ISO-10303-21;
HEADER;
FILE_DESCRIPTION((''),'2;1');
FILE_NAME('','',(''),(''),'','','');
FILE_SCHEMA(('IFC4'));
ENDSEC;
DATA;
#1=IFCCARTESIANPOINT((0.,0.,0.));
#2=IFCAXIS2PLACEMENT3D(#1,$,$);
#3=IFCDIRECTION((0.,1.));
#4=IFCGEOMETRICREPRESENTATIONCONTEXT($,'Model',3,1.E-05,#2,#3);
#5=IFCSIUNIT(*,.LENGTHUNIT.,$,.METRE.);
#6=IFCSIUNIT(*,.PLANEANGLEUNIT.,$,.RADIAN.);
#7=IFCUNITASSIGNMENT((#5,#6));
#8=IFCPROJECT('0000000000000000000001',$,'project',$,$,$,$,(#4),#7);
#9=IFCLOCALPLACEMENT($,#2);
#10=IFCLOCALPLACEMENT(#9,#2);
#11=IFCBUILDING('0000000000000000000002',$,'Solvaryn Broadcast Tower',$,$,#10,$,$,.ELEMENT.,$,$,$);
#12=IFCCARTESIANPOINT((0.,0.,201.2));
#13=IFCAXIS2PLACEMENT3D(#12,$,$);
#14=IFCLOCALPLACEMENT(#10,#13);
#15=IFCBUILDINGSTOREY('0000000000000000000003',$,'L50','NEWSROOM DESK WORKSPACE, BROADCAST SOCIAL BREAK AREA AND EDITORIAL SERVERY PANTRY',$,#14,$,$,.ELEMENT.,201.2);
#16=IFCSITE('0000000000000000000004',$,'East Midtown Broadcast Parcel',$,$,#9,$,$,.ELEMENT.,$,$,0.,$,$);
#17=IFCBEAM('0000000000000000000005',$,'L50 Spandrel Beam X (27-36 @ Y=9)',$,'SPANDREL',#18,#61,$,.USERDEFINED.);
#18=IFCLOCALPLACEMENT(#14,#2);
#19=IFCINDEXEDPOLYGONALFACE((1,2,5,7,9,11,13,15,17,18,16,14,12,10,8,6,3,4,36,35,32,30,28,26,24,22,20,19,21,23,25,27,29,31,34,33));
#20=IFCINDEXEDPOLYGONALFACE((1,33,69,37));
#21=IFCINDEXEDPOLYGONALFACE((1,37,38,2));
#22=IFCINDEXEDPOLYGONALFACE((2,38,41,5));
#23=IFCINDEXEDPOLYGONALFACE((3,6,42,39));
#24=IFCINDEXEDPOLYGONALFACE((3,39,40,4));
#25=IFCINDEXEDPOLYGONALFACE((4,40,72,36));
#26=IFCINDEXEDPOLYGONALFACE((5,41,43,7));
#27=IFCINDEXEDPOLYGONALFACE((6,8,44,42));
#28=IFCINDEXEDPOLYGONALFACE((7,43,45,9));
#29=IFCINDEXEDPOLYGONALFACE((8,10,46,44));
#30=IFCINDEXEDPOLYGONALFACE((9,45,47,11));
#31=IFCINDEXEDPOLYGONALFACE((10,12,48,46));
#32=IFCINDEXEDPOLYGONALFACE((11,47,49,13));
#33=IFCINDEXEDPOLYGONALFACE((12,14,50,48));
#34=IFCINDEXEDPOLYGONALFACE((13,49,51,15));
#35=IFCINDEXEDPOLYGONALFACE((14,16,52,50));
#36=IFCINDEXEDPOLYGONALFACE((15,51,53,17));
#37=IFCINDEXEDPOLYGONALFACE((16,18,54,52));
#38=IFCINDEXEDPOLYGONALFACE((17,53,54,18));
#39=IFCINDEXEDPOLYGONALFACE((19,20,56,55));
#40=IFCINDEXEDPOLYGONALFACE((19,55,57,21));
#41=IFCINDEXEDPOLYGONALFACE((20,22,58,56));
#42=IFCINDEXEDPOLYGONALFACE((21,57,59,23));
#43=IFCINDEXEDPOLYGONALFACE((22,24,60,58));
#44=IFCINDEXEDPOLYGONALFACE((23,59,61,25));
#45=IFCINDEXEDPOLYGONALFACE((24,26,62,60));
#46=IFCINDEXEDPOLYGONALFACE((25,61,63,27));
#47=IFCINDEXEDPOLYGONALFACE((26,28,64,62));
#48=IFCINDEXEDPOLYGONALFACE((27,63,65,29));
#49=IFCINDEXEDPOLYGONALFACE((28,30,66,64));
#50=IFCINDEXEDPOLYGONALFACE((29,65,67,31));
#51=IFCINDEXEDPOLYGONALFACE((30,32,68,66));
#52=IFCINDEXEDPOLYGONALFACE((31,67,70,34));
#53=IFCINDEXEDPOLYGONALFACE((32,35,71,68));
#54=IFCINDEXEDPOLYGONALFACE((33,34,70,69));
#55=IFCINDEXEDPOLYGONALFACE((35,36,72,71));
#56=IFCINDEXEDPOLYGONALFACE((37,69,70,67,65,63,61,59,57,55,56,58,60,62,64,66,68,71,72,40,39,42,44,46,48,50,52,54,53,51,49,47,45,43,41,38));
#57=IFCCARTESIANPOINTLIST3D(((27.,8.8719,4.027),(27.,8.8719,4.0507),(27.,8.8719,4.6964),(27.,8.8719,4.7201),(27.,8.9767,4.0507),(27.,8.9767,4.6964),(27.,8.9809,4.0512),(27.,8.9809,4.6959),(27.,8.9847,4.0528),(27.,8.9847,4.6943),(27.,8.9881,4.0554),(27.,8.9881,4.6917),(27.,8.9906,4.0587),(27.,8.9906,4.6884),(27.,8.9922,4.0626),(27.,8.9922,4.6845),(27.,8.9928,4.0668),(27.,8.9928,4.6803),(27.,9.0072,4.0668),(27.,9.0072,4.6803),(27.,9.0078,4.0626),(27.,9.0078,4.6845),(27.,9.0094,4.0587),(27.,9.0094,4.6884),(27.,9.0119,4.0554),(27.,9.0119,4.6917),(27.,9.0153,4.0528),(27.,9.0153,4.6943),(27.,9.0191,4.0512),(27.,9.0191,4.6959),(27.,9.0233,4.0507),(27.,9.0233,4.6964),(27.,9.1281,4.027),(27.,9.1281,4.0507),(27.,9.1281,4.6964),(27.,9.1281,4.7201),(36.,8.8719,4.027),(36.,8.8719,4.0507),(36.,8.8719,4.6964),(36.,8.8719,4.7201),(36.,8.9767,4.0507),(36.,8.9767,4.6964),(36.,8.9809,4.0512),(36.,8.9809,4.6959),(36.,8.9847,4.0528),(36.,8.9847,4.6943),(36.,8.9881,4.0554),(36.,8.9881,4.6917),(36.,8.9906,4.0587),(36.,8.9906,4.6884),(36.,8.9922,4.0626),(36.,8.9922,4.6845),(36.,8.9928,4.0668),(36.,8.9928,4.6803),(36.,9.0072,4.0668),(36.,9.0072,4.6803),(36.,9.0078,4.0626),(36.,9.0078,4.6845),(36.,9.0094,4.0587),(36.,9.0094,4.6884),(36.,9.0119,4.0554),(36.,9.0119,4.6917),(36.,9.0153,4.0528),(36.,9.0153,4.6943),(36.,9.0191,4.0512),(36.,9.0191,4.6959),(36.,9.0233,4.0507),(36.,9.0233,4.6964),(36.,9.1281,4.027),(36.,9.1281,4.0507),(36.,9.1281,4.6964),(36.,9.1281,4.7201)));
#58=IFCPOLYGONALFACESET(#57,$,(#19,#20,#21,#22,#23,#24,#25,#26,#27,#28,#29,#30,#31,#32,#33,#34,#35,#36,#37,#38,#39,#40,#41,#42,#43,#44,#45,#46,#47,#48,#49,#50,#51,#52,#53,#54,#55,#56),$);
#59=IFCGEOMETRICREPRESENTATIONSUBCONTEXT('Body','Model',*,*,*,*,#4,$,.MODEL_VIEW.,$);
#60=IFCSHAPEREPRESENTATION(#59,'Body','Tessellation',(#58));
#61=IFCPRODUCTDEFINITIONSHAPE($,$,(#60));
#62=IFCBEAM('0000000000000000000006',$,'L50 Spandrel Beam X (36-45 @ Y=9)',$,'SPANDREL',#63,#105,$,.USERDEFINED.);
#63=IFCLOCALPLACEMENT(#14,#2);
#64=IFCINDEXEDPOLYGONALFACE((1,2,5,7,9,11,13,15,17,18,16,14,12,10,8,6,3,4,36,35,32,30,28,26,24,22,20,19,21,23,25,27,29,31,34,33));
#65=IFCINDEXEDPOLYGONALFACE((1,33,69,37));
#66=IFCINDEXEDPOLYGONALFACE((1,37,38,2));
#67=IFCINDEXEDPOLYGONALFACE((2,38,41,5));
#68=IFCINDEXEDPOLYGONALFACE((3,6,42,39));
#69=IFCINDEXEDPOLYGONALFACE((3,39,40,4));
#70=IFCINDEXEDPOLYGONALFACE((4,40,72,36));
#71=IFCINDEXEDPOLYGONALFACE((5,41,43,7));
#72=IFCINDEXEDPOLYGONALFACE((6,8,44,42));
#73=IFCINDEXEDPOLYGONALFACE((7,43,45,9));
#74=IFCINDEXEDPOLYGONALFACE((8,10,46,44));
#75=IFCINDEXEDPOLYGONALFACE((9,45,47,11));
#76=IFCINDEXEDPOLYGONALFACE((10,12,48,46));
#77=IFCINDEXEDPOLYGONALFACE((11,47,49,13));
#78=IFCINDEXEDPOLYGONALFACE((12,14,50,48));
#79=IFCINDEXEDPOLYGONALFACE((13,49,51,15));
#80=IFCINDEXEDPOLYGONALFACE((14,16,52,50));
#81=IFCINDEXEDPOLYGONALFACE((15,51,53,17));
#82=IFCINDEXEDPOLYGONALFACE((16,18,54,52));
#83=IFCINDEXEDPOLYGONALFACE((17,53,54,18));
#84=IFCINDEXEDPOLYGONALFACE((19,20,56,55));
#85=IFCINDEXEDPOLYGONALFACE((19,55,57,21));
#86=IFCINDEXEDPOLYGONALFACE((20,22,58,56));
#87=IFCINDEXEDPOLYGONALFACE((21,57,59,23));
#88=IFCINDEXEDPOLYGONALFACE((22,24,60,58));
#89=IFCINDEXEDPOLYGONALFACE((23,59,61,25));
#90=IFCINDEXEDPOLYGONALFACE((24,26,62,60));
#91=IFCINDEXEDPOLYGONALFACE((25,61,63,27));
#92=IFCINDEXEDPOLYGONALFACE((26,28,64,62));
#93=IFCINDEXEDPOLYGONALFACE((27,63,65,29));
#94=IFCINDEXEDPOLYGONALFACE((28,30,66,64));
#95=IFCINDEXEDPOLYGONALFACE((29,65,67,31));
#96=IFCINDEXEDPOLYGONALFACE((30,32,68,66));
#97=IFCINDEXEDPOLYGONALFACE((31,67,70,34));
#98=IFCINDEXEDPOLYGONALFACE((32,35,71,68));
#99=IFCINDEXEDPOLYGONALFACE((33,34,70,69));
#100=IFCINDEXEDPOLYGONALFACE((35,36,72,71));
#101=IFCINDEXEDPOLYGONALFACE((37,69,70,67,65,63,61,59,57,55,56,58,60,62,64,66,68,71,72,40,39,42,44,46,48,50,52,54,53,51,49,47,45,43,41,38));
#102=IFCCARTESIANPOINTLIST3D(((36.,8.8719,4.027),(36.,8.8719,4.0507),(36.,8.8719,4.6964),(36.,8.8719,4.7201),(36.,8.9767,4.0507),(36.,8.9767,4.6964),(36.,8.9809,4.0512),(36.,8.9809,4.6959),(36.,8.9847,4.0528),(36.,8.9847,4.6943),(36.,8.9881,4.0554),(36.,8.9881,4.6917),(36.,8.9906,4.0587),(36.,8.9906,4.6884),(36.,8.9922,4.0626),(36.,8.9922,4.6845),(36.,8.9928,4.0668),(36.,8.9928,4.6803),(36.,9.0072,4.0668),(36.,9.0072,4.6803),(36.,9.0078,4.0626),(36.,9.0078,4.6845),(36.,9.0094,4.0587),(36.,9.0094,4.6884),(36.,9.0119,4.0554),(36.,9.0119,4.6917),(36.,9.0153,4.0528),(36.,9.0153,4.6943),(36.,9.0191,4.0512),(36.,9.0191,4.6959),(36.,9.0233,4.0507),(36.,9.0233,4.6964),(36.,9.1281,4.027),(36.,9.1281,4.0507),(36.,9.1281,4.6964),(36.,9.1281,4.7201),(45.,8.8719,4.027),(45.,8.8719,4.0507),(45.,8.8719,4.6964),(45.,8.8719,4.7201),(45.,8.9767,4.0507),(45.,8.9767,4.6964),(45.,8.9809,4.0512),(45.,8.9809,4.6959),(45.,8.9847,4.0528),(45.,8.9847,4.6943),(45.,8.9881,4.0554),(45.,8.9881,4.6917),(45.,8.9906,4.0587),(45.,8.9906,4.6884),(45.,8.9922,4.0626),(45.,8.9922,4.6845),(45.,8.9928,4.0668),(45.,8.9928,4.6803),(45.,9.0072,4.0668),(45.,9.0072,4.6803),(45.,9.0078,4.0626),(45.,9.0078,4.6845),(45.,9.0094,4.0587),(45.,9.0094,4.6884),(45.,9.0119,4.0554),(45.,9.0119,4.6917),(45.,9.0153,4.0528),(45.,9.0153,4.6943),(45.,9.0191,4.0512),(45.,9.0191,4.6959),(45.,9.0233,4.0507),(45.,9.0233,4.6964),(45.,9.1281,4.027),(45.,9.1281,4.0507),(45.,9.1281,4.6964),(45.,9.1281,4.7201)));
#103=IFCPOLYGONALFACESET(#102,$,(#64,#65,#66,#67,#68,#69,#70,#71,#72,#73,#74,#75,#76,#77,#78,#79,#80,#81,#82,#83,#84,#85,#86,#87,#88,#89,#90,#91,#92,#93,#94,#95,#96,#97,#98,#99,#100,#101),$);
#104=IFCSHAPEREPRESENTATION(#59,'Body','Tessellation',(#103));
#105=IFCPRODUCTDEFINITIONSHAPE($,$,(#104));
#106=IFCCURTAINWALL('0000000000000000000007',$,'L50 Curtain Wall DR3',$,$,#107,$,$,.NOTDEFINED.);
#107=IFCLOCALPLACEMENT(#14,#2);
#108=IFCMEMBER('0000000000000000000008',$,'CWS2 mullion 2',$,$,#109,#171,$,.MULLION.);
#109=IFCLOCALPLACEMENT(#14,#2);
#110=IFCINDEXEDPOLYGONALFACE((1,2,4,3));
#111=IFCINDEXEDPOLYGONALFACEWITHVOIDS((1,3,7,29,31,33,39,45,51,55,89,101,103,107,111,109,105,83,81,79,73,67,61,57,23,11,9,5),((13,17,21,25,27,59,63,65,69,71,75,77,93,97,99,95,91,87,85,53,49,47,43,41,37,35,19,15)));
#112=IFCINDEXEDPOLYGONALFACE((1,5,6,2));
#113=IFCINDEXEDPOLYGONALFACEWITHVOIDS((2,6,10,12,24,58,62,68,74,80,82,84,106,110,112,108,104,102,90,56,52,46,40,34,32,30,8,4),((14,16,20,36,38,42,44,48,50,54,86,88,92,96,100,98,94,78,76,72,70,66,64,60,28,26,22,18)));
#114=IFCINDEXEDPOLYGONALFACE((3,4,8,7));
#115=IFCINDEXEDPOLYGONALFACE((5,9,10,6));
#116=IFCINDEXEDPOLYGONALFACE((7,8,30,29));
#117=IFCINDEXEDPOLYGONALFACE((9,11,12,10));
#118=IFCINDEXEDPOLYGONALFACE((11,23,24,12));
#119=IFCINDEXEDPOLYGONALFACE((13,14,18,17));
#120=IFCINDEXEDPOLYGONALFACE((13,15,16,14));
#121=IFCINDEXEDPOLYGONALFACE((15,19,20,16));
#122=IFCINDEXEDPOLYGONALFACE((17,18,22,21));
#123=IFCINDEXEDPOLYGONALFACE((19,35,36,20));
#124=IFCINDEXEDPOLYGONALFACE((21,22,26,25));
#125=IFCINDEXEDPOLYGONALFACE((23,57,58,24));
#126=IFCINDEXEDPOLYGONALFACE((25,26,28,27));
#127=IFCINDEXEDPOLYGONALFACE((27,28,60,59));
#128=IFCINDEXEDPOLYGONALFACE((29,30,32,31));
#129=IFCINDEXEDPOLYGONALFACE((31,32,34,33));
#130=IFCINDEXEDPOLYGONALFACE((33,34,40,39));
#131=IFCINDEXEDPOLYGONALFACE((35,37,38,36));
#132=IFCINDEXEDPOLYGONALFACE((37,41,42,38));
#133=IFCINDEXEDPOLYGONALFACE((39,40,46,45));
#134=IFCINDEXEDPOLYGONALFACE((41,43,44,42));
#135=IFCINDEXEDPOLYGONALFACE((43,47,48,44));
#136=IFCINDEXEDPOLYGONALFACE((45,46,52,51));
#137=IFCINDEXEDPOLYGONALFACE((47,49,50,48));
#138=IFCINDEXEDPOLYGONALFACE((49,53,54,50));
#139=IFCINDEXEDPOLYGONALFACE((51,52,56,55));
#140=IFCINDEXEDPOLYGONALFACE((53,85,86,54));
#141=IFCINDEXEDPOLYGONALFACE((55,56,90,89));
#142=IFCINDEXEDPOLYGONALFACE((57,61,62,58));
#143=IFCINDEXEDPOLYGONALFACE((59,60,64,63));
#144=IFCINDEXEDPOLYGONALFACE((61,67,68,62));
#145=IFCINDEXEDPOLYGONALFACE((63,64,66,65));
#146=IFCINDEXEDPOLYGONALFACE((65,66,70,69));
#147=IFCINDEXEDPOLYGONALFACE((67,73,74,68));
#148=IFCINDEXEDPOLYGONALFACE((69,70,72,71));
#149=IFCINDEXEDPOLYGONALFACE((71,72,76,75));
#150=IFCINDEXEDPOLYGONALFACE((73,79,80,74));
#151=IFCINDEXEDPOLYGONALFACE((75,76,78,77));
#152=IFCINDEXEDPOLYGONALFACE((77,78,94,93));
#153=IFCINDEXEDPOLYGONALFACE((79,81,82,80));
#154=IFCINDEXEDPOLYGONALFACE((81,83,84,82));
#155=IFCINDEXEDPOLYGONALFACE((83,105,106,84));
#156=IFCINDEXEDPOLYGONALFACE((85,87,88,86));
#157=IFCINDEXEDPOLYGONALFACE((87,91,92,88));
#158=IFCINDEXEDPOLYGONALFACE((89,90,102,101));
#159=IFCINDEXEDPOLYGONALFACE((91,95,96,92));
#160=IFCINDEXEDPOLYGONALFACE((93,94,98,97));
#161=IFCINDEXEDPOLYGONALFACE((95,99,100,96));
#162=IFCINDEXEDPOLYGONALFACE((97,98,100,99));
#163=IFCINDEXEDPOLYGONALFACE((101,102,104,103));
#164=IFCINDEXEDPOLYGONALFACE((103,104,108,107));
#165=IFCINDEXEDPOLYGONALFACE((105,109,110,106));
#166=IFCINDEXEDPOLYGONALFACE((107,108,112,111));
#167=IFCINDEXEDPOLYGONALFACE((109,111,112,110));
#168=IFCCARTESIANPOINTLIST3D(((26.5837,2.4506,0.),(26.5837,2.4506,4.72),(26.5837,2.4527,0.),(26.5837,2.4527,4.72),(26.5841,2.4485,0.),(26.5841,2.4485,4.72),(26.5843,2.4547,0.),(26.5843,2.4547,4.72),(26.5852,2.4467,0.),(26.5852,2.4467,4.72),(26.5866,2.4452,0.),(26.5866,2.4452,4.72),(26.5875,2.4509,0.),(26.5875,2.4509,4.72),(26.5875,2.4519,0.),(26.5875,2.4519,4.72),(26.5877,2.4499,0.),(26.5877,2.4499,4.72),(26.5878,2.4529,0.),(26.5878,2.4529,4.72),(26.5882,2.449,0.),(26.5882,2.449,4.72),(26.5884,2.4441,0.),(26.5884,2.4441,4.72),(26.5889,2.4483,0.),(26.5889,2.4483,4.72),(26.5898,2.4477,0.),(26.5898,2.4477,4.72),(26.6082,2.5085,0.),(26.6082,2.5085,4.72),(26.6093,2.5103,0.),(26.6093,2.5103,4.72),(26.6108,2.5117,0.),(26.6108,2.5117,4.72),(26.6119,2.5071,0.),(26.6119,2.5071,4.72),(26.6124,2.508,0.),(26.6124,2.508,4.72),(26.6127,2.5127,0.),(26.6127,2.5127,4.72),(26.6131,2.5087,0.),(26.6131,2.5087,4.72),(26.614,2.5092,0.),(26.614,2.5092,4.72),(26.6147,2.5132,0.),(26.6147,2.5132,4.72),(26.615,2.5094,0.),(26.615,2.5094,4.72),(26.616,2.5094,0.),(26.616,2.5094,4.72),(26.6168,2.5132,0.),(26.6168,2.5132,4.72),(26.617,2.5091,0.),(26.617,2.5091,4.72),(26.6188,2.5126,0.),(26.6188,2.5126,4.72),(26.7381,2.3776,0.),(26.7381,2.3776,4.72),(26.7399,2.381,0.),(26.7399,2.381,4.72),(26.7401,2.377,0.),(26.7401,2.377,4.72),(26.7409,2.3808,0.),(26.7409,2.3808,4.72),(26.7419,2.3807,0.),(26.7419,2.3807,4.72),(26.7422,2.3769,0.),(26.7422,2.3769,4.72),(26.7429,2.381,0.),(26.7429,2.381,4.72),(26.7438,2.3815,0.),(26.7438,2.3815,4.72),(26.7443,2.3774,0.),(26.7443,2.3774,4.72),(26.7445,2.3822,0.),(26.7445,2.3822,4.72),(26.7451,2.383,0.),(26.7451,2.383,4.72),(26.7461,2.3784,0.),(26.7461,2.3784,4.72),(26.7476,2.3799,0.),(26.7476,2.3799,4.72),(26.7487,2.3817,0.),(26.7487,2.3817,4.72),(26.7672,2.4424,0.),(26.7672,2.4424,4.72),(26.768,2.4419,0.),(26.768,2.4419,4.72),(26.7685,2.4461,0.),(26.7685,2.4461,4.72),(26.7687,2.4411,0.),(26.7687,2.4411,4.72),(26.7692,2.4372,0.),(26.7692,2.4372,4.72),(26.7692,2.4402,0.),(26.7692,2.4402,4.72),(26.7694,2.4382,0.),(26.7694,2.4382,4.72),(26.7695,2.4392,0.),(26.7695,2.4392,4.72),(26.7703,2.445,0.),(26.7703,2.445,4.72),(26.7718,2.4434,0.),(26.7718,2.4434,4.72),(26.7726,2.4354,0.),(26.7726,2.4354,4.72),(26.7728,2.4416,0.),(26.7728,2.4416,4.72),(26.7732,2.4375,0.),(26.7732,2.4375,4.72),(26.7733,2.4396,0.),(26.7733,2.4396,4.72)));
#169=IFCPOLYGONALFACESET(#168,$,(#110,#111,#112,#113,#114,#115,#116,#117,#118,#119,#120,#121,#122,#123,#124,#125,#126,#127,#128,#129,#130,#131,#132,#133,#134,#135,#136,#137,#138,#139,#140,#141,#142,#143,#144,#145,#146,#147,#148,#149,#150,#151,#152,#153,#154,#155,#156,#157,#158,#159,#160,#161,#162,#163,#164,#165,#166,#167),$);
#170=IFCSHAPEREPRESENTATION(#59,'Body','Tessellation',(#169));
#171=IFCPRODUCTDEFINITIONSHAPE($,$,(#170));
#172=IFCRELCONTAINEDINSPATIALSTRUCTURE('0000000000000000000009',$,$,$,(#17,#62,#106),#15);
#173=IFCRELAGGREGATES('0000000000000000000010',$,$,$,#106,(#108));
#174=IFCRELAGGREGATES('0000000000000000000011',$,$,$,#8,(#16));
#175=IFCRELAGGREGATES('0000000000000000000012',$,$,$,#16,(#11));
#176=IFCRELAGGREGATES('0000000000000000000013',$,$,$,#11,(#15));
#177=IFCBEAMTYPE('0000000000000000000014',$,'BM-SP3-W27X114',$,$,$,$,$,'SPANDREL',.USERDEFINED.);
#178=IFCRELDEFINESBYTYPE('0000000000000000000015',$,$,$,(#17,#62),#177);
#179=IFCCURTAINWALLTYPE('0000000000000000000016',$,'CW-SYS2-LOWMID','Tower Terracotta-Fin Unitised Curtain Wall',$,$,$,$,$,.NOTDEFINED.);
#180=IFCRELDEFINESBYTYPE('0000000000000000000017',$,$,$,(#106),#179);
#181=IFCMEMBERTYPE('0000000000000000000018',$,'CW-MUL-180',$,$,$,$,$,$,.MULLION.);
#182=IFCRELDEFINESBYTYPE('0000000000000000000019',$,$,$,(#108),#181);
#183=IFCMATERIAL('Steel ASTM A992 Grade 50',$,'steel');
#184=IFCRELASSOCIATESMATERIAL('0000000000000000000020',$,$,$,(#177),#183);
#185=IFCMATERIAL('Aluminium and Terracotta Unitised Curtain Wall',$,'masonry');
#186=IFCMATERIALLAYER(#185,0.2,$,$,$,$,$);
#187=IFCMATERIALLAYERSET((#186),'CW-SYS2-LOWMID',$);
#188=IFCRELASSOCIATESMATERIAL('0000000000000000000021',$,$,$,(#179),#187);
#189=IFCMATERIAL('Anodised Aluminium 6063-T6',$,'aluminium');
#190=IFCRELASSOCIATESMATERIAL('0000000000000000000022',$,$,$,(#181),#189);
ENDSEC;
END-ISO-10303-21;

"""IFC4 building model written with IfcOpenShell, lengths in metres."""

from ifc_helpers import new_model, si_unit, direction, frame, origin, origin_2d, place, context, subcontext, project, spatial, hollow_rectangle, i_section, extrude, material, layer, layer_set, material_profile, profile_set, type_object, element, aggregate, save


model = new_model("IFC4")

# Units and contexts
model_context = context("Model", 3, precision=1e-05, world=origin(), true_north=direction((0.0, 1.0)))
body_context = subcontext(model_context, "Body", "Model", "MODEL_VIEW")
ifc_project = project(units=[si_unit("LENGTHUNIT", "METRE"), si_unit("PLANEANGLEUNIT", "RADIAN")], contexts=[model_context])

# Site, building, storey
site_placement = place(None, origin())
site = spatial("IfcSite", under=ifc_project, at=site_placement, Name="East Midtown Broadcast Parcel", CompositionType="ELEMENT", RefElevation=0.0)
building_placement = place(site_placement, origin())
building = spatial("IfcBuilding", under=site, at=building_placement, Name="Solvaryn Broadcast Tower", CompositionType="ELEMENT")
storey_placement = place(building_placement, frame((0.0, 0.0, 201.2)))
storey = spatial("IfcBuildingStorey", under=building, at=storey_placement, Name="L50", Description="NEWSROOM DESK WORKSPACE, BROADCAST SOCIAL BREAK AREA AND EDITORIAL SERVERY PANTRY", CompositionType="ELEMENT", Elevation=201.2)

# Beams
ifc_material_1 = material(Name="Steel ASTM A992 Grade 50", Category="steel")
ifc_material_profile_1 = material_profile(ifc_material_1, i_section(OverallWidth=0.2561, OverallDepth=0.6931, WebThickness=0.0144, FlangeThickness=0.0237, FilletRadius=0.0161, at=origin_2d()))
ifc_profile_set_1 = profile_set([ifc_material_profile_1], Name="Steel ASTM A992 Grade 50")
beam_type_1 = type_object("IfcBeamType", Name="BM-SP3-W27X114", ElementType="SPANDREL", PredefinedType="USERDEFINED", material=ifc_profile_set_1)
for number, where, z_axis, x_axis, name in (
    (1, (27.0, 9.0, 4.3735), (1.0, 0.0, 0.0), (0.0, 1.0, 0.0), "L50 Spandrel Beam X (27-36 @ Y=9)"),
    (2, (36.0, 9.0, 4.3735), (1.0, 0.0, 0.0), (0.0, 1.0, 0.0), "L50 Spandrel Beam X (36-45 @ Y=9)"),
):
    element("IfcBeam", number, at=place(storey_placement, frame(where, z_axis=z_axis, x_axis=x_axis)), inside=storey, type_object=beam_type_1, Name=name, ObjectType="SPANDREL", PredefinedType="USERDEFINED", context=body_context, shape_type="SweptSolid", body=[
        extrude(i_section(OverallWidth=0.2561, OverallDepth=0.6931, WebThickness=0.0144, FlangeThickness=0.0237, FilletRadius=0.0161, at=origin_2d()), origin(), (0.0, 0.0, 1.0), 9.0),
    ])

# Curtain wall, member
ifc_material_2 = material(Name="Aluminium and Terracotta Unitised Curtain Wall", Category="masonry")
ifc_layer_1 = layer(ifc_material_2, 0.2)
ifc_layer_set_1 = layer_set([ifc_layer_1], Name="CW-SYS2-LOWMID")
curtain_wall_type = type_object("IfcCurtainWallType", Name="CW-SYS2-LOWMID", Description="Tower Terracotta-Fin Unitised Curtain Wall", PredefinedType="NOTDEFINED", material=ifc_layer_set_1)
curtain_wall_1_placement = place(storey_placement, origin())
curtain_wall_1 = element("IfcCurtainWall", 3, at=curtain_wall_1_placement, inside=storey, type_object=curtain_wall_type, Name="L50 Curtain Wall DR3", PredefinedType="NOTDEFINED")
ifc_material_3 = material(Name="Anodised Aluminium 6063-T6", Category="aluminium")
ifc_material_profile_2 = material_profile(ifc_material_3, hollow_rectangle(XDim=0.075, YDim=0.1799, WallThickness=0.0039, InnerFilletRadius=0.0039, OuterFilletRadius=0.0081, at=origin_2d()))
ifc_profile_set_2 = profile_set([ifc_material_profile_2], Name="Anodised Aluminium 6063-T6")
member_type_1 = type_object("IfcMemberType", Name="CW-MUL-180", PredefinedType="MULLION", material=ifc_profile_set_2)
member_1_placement = place(storey_placement, frame((26.6785, 2.4451, 0.0), z_axis=(0.0, 0.0, 1.0), x_axis=(0.405901, 0.913917, 0.0)))
member_1 = element("IfcMember", 4, at=member_1_placement, type_object=member_type_1, Name="CWS2 mullion 2", PredefinedType="MULLION", context=body_context, shape_type="SweptSolid", body=[
    extrude(hollow_rectangle(XDim=0.075, YDim=0.1799, WallThickness=0.0039, InnerFilletRadius=0.0039, OuterFilletRadius=0.0081, at=origin_2d()), origin(), (0.0, 0.0, 1.0), 4.72),
])
aggregate(curtain_wall_1, [member_1])

save(model, "model.ifc")
